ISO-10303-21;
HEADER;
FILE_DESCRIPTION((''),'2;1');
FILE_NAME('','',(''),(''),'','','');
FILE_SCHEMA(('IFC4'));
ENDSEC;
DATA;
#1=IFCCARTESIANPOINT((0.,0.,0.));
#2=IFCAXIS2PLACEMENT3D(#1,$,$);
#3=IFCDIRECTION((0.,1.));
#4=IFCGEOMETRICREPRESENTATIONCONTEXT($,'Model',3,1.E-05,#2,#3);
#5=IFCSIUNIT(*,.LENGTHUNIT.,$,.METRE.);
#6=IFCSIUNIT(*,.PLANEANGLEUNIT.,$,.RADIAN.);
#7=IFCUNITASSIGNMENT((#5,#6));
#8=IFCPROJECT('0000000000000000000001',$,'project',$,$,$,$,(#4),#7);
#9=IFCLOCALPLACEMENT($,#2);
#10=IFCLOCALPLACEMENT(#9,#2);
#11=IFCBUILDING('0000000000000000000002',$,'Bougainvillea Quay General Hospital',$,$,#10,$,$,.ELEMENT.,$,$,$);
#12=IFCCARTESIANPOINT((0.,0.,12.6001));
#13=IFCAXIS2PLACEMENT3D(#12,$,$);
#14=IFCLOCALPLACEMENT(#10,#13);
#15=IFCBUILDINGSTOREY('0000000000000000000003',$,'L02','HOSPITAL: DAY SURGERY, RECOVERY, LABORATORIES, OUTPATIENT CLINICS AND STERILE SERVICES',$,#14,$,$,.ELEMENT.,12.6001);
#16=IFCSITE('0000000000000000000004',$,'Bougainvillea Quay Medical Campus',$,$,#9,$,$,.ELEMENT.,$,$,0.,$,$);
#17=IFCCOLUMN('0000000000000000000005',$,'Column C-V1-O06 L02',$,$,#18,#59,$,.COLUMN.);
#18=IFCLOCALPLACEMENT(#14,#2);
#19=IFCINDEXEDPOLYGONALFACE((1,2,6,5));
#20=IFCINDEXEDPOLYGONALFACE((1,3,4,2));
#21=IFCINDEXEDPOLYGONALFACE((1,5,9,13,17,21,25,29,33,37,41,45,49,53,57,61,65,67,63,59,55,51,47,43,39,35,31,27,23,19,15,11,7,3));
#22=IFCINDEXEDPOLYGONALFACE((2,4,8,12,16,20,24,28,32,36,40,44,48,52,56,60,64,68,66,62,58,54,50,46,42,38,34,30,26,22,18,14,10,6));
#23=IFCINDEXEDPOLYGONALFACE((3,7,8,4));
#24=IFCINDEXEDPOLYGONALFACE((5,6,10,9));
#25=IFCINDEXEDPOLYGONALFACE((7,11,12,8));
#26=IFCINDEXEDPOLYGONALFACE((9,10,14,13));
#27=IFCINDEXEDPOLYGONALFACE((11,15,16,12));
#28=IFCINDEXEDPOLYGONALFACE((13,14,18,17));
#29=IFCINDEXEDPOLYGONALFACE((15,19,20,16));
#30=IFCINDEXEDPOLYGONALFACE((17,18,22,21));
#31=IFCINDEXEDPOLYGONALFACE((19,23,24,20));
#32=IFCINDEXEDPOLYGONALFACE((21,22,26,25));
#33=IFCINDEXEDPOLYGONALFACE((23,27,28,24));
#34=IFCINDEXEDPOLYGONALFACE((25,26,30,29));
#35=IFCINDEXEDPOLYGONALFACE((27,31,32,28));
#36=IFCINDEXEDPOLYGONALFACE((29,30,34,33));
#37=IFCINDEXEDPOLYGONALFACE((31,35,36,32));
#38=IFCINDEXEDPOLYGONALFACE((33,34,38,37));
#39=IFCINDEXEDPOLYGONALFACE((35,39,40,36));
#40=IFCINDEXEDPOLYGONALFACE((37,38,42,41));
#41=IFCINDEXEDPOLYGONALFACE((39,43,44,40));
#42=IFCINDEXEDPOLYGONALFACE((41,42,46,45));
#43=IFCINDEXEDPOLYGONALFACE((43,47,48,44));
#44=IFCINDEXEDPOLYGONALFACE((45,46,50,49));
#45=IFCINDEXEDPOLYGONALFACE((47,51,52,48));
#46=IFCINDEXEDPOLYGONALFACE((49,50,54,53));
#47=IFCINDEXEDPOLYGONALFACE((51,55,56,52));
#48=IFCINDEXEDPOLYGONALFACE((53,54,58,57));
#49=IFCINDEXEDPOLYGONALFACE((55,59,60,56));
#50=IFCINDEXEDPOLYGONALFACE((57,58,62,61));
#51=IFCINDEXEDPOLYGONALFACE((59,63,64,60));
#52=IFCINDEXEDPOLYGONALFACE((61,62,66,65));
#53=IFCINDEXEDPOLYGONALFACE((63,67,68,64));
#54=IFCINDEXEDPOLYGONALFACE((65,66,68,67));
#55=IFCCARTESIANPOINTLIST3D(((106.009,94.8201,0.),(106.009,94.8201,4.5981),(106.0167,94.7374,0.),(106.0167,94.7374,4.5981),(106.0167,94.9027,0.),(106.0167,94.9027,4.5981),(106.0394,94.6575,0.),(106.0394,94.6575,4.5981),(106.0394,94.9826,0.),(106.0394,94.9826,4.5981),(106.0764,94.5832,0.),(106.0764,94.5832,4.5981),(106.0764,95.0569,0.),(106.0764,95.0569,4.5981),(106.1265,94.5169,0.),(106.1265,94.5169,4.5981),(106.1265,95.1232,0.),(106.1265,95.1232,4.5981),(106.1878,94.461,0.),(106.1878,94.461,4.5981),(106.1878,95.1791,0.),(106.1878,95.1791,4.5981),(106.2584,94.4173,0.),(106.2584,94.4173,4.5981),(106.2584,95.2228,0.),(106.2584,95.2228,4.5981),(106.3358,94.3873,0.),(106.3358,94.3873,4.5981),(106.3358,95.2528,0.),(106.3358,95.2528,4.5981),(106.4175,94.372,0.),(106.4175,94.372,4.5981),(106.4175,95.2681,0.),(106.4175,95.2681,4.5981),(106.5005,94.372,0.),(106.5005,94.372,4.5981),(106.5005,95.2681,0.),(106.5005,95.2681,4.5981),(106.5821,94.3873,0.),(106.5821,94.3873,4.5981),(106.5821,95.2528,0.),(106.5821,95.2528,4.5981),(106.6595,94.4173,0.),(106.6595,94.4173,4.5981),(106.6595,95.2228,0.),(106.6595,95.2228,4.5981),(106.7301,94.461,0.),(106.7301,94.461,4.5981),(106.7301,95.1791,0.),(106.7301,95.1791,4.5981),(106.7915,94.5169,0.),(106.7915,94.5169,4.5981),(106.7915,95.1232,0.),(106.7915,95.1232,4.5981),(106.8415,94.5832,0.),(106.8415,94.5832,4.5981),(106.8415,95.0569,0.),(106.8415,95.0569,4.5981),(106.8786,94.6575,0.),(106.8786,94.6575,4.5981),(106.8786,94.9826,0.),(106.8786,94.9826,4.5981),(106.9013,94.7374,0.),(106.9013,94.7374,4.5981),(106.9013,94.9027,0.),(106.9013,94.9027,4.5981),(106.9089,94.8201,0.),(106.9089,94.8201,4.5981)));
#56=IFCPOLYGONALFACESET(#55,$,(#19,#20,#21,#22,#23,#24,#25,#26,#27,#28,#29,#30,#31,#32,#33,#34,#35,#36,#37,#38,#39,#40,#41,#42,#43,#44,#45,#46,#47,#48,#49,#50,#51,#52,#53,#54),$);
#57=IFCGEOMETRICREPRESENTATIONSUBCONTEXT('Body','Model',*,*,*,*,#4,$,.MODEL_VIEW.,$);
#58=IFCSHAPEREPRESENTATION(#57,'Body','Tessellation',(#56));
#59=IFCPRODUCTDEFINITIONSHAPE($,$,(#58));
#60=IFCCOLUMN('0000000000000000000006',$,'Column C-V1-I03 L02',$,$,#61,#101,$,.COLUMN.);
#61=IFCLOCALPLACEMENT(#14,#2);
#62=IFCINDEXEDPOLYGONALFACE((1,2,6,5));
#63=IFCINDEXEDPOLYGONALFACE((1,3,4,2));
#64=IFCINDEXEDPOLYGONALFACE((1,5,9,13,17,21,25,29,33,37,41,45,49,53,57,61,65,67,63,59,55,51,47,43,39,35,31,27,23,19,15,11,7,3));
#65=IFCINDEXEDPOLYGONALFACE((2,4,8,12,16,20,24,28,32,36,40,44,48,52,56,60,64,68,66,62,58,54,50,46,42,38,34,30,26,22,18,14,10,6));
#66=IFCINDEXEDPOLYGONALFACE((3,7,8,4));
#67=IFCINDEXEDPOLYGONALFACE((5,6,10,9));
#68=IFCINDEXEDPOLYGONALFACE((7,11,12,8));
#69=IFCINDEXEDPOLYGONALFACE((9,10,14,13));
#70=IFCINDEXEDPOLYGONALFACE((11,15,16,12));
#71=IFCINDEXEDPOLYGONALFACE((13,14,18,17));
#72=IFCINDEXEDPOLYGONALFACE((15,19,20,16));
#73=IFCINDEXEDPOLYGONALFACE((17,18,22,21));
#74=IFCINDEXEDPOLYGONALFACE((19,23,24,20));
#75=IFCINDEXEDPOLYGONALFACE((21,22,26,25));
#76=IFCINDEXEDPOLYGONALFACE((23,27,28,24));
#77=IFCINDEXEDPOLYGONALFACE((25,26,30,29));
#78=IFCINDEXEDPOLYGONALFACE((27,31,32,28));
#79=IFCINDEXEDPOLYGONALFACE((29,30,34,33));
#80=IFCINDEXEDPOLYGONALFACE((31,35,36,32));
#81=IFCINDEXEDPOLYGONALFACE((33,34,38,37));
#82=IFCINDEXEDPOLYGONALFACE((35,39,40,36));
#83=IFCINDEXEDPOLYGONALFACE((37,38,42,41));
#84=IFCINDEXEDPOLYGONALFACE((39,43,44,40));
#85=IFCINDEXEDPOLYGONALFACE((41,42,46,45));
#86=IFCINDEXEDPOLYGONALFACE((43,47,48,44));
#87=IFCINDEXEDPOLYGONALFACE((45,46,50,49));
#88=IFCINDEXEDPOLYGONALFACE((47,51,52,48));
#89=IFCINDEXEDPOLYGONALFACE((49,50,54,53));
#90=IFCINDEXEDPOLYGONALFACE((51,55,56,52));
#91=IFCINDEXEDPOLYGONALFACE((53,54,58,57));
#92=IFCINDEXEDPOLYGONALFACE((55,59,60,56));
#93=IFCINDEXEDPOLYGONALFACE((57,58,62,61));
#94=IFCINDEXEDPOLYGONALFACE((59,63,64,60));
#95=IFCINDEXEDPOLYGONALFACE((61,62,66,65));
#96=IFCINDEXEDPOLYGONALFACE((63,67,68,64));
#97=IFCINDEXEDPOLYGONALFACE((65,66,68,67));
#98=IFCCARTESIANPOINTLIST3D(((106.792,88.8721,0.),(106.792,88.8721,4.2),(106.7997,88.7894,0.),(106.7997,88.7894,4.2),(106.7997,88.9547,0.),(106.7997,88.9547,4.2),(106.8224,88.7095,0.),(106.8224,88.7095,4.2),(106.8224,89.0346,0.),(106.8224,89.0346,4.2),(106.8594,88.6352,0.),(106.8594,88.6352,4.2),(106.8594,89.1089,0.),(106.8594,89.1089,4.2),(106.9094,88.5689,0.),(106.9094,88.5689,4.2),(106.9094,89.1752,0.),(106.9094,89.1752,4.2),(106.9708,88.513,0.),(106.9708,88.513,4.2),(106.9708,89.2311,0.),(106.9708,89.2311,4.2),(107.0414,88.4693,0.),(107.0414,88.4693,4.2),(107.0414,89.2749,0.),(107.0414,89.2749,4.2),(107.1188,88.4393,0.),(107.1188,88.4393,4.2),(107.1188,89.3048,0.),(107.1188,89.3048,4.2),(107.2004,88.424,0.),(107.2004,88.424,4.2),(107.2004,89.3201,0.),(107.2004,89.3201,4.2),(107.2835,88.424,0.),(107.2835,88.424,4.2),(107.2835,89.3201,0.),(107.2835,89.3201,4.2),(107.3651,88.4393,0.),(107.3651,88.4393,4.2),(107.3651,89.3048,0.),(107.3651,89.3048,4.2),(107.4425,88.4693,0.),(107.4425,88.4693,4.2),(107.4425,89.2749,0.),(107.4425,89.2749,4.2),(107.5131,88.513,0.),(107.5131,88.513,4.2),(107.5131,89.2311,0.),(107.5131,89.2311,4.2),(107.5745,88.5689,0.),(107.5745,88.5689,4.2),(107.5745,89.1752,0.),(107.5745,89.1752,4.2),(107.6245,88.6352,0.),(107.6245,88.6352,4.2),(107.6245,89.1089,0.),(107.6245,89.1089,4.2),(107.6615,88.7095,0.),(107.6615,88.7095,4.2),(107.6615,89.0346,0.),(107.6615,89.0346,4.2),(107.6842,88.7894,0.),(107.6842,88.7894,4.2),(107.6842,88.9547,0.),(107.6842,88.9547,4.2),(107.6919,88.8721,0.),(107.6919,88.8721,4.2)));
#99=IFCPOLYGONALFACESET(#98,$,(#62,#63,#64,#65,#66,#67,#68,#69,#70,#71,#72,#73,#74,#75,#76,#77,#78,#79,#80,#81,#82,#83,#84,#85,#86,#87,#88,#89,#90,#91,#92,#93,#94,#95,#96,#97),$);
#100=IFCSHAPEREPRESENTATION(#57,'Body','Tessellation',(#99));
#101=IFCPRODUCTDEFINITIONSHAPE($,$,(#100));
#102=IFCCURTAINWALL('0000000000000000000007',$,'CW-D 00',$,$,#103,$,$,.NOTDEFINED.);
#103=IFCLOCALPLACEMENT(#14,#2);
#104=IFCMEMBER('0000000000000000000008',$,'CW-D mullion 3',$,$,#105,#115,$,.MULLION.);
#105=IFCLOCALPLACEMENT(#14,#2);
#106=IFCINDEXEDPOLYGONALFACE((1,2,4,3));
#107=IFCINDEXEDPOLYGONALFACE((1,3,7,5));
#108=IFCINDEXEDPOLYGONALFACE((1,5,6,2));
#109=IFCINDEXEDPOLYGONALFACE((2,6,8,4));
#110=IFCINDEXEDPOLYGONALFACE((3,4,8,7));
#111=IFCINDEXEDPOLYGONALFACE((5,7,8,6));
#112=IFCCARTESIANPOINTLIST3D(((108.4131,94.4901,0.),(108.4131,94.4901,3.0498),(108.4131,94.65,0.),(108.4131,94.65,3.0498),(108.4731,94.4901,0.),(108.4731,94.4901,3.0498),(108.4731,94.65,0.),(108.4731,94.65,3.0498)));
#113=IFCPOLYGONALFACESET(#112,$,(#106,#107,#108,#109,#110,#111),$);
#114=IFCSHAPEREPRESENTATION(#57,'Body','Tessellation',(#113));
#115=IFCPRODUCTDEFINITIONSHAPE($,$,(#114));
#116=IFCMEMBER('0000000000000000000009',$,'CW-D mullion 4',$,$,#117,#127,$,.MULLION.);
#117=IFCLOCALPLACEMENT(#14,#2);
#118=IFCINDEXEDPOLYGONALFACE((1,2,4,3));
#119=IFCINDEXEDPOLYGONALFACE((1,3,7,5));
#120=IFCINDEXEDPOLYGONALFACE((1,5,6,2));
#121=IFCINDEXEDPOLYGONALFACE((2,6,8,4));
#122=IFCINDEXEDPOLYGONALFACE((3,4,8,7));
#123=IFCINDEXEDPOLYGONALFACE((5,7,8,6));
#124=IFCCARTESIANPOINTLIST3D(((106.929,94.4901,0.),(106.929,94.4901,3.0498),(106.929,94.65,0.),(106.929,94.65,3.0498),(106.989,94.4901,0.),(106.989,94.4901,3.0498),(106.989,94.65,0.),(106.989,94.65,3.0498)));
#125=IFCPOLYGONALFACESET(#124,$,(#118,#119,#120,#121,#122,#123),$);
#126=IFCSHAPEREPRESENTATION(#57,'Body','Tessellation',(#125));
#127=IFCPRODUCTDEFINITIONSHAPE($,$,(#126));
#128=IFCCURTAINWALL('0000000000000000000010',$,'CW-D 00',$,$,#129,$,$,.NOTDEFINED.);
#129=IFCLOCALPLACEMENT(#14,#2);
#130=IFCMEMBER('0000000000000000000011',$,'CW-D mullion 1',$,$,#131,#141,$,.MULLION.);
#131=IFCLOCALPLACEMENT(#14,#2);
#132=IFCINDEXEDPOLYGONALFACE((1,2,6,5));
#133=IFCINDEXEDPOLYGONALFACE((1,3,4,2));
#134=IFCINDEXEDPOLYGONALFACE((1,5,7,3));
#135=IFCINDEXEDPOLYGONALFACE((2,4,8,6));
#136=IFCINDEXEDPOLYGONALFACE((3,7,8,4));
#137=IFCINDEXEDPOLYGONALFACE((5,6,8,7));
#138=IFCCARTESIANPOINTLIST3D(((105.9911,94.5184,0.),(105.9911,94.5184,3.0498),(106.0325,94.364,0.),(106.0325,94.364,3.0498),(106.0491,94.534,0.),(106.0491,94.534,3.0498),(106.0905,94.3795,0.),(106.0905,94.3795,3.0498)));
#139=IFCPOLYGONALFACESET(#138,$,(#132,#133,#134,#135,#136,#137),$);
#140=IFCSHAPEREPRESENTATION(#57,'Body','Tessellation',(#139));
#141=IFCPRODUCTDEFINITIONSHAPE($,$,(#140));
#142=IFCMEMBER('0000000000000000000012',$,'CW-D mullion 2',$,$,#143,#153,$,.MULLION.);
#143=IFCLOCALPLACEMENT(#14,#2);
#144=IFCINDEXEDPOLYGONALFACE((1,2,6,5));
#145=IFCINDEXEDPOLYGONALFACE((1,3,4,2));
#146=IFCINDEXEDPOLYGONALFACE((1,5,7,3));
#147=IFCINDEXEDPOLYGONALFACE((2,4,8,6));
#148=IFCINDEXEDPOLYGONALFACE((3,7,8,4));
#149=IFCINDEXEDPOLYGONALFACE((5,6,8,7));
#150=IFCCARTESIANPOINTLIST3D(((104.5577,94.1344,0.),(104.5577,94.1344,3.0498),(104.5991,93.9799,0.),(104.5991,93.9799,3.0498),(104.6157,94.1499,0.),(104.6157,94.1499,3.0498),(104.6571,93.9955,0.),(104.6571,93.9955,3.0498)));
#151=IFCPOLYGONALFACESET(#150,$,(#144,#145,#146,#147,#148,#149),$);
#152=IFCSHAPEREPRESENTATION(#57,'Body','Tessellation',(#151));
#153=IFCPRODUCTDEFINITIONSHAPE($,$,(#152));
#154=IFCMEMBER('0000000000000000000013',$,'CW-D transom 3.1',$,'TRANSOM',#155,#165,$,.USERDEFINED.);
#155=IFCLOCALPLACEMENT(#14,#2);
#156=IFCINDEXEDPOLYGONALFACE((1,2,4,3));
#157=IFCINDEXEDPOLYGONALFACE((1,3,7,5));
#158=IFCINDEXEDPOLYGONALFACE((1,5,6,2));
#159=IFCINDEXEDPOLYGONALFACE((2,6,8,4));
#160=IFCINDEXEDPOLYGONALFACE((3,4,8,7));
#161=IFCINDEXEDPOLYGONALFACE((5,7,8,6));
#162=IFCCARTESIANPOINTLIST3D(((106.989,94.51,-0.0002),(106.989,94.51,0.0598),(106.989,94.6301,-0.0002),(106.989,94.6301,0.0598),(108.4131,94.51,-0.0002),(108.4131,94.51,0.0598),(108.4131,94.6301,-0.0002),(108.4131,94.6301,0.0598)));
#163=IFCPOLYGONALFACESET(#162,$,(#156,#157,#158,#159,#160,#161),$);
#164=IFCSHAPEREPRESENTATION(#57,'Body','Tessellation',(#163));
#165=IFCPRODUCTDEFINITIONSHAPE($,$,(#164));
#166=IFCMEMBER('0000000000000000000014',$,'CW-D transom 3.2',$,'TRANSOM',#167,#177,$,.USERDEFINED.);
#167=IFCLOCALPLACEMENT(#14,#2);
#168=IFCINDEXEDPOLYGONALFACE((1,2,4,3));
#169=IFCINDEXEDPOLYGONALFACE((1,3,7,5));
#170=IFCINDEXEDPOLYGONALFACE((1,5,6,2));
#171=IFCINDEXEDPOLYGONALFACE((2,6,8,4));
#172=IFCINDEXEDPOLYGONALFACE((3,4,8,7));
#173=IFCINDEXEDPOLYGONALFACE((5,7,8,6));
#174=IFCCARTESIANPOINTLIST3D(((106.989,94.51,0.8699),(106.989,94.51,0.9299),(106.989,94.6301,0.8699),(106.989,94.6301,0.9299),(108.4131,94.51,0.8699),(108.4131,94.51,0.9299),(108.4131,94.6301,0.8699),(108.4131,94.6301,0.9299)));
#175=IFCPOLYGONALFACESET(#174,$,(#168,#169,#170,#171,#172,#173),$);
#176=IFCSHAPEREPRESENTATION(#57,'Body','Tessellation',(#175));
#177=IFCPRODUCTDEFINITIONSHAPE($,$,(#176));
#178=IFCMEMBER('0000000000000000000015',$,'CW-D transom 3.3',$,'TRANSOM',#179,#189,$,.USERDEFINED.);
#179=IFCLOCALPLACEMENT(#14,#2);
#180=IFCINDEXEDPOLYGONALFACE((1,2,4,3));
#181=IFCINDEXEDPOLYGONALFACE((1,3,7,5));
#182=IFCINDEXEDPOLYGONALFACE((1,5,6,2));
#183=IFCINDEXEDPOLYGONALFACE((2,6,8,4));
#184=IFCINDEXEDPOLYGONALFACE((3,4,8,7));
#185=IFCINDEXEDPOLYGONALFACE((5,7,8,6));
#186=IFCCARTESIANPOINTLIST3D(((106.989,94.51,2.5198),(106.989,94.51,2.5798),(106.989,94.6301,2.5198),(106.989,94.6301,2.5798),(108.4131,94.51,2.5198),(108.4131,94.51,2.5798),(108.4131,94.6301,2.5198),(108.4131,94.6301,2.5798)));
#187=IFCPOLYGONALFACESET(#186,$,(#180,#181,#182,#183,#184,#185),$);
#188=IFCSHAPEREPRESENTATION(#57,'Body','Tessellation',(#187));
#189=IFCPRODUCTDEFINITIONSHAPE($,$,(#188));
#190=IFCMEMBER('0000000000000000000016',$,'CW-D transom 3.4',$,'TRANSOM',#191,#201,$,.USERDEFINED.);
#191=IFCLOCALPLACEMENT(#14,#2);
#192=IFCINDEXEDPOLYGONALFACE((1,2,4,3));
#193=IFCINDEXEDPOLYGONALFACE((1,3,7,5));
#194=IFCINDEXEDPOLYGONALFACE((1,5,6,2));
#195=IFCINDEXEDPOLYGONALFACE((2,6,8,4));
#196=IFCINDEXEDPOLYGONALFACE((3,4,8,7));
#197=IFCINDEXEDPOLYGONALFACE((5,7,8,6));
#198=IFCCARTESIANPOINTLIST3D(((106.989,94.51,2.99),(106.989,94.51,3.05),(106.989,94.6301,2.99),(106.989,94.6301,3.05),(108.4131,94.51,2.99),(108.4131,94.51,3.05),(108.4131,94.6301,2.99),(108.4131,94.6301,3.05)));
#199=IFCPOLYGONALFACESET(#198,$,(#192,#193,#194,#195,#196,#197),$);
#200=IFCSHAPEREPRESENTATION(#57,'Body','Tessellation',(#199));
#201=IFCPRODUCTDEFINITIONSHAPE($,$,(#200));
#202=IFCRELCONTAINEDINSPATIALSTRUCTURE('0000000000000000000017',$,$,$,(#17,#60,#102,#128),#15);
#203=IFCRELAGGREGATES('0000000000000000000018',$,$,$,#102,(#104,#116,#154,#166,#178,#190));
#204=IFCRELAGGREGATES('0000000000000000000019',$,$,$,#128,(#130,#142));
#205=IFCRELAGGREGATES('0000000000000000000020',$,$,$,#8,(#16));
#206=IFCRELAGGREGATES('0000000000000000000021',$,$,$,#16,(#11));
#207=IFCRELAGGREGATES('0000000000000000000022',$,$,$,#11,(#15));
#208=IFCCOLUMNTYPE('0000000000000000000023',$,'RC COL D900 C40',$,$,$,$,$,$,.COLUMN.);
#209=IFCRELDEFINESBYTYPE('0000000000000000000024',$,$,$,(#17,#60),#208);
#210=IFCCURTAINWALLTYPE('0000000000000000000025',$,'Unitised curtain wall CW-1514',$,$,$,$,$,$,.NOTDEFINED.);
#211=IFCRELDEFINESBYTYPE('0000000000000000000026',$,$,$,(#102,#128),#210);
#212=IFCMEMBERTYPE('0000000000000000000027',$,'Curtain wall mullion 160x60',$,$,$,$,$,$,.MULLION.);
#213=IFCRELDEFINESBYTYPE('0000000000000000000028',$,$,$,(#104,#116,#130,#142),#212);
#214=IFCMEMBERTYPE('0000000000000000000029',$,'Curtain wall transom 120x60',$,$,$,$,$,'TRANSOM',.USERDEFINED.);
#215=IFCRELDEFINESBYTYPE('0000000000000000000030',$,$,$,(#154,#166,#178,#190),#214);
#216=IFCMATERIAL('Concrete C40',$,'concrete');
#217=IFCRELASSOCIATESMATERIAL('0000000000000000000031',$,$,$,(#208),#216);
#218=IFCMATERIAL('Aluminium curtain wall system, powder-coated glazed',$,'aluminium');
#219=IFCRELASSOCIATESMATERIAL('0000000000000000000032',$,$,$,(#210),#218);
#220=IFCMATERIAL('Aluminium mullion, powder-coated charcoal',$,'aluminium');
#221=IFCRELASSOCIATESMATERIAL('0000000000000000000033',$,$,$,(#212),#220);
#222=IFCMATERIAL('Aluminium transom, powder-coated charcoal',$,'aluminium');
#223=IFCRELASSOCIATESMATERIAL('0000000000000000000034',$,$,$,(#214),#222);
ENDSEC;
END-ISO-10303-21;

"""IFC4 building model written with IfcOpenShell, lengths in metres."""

from ifc_helpers import new_model, si_unit, direction, frame, origin, origin_2d, place, context, subcontext, project, spatial, rectangle, circle, extrude, material, material_profile, profile_set, type_object, element, aggregate, save


model = new_model("IFC4")

# Units and contexts
model_context = context("Model", 3, precision=1e-05, world=origin(), true_north=direction((0.0, 1.0)))
body_context = subcontext(model_context, "Body", "Model", "MODEL_VIEW")
ifc_project = project(units=[si_unit("LENGTHUNIT", "METRE"), si_unit("PLANEANGLEUNIT", "RADIAN")], contexts=[model_context])

# Site, building, storey
site_placement = place(None, origin())
site = spatial("IfcSite", under=ifc_project, at=site_placement, Name="Bougainvillea Quay Medical Campus", CompositionType="ELEMENT", RefElevation=0.0)
building_placement = place(site_placement, origin())
building = spatial("IfcBuilding", under=site, at=building_placement, Name="Bougainvillea Quay General Hospital", CompositionType="ELEMENT")
storey_placement = place(building_placement, frame((0.0, 0.0, 12.6001)))
storey = spatial("IfcBuildingStorey", under=building, at=storey_placement, Name="L02", Description="HOSPITAL: DAY SURGERY, RECOVERY, LABORATORIES, OUTPATIENT CLINICS AND STERILE SERVICES", CompositionType="ELEMENT", Elevation=12.6001)

# Columns
ifc_material_1 = material(Name="Concrete C40", Category="concrete")
ifc_material_profile_1 = material_profile(ifc_material_1, circle(Radius=0.45, at=origin_2d()))
ifc_profile_set_1 = profile_set([ifc_material_profile_1], Name="Concrete C40")
column_type = type_object("IfcColumnType", Name="RC COL D900 C40", PredefinedType="COLUMN", material=ifc_profile_set_1)
column_1_placement = place(storey_placement, frame((106.459, 94.8201, 0.0), z_axis=(0.0, 0.0, 1.0), x_axis=(1.0, 0.0, 0.0)))
element("IfcColumn", 1, at=column_1_placement, inside=storey, type_object=column_type, Name="Column C-V1-O06 L02", PredefinedType="COLUMN", context=body_context, shape_type="SweptSolid", body=[
    extrude(circle(Radius=0.45, at=origin_2d()), origin(), (0.0, 0.0, 1.0), 4.5981),
])
column_2_placement = place(storey_placement, frame((107.2419, 88.8721, 0.0), z_axis=(0.0, 0.0, 1.0), x_axis=(1.0, 0.0, 0.0)))
element("IfcColumn", 2, at=column_2_placement, inside=storey, type_object=column_type, Name="Column C-V1-I03 L02", PredefinedType="COLUMN", context=body_context, shape_type="SweptSolid", body=[
    extrude(circle(Radius=0.45, at=origin_2d()), origin(), (0.0, 0.0, 1.0), 4.2),
])

# Curtain walls, members
ifc_material_2 = material(Name="Aluminium curtain wall system, powder-coated glazed", Category="aluminium")
curtain_wall_type = type_object("IfcCurtainWallType", Name="Unitised curtain wall CW-1514", PredefinedType="NOTDEFINED", material=ifc_material_2)
curtain_wall_1_placement = place(storey_placement, origin())
curtain_wall_1 = element("IfcCurtainWall", 3, at=curtain_wall_1_placement, inside=storey, type_object=curtain_wall_type, Name="CW-D 00", PredefinedType="NOTDEFINED")
ifc_material_3 = material(Name="Aluminium mullion, powder-coated charcoal", Category="aluminium")
ifc_material_profile_2 = material_profile(ifc_material_3, rectangle(XDim=0.1599, YDim=0.0601, at=origin_2d()))
ifc_profile_set_2 = profile_set([ifc_material_profile_2], Name="Aluminium mullion, powder-coated charcoal")
member_type_1 = type_object("IfcMemberType", Name="Curtain wall mullion 160x60", PredefinedType="MULLION", material=ifc_profile_set_2)
member_1_placement = place(storey_placement, frame((108.4431, 94.5701, 0.0), z_axis=(0.0, 0.0, 1.0), x_axis=(0.0, -1.0, 0.0)))
member_1 = element("IfcMember", 4, at=member_1_placement, type_object=member_type_1, Name="CW-D mullion 3", PredefinedType="MULLION", context=body_context, shape_type="SweptSolid", body=[
    extrude(rectangle(XDim=0.1599, YDim=0.0601, at=origin_2d()), origin(), (0.0, 0.0, 1.0), 3.0498),
])
member_2_placement = place(storey_placement, frame((106.959, 94.5701, 0.0), z_axis=(0.0, 0.0, 1.0), x_axis=(0.0, -1.0, 0.0)))
member_2 = element("IfcMember", 5, at=member_2_placement, type_object=member_type_1, Name="CW-D mullion 4", PredefinedType="MULLION", context=body_context, shape_type="SweptSolid", body=[
    extrude(rectangle(XDim=0.1599, YDim=0.0601, at=origin_2d()), origin(), (0.0, 0.0, 1.0), 3.0498),
])
curtain_wall_2_placement = place(storey_placement, origin())
curtain_wall_2 = element("IfcCurtainWall", 6, at=curtain_wall_2_placement, inside=storey, type_object=curtain_wall_type, Name="CW-D 00", PredefinedType="NOTDEFINED")
member_3_placement = place(storey_placement, frame((106.0408, 94.449, 0.0), z_axis=(0.0, 0.0, 1.0), x_axis=(0.258855, -0.965916, 0.0)))
member_3 = element("IfcMember", 7, at=member_3_placement, type_object=member_type_1, Name="CW-D mullion 1", PredefinedType="MULLION", context=body_context, shape_type="SweptSolid", body=[
    extrude(rectangle(XDim=0.1599, YDim=0.0601, at=origin_2d()), origin(), (0.0, 0.0, 1.0), 3.0498),
])
member_4_placement = place(storey_placement, frame((104.6074, 94.0649, 0.0), z_axis=(0.0, 0.0, 1.0), x_axis=(0.258855, -0.965916, 0.0)))
member_4 = element("IfcMember", 8, at=member_4_placement, type_object=member_type_1, Name="CW-D mullion 2", PredefinedType="MULLION", context=body_context, shape_type="SweptSolid", body=[
    extrude(rectangle(XDim=0.1599, YDim=0.0601, at=origin_2d()), origin(), (0.0, 0.0, 1.0), 3.0498),
])

# Members
ifc_material_4 = material(Name="Aluminium transom, powder-coated charcoal", Category="aluminium")
ifc_material_profile_3 = material_profile(ifc_material_4, rectangle(XDim=0.1201, YDim=0.0601, at=origin_2d()))
ifc_profile_set_3 = profile_set([ifc_material_profile_3], Name="Aluminium transom, powder-coated charcoal")
member_type_2 = type_object("IfcMemberType", Name="Curtain wall transom 120x60", ElementType="TRANSOM", PredefinedType="USERDEFINED", material=ifc_profile_set_3)
member_5_placement = place(storey_placement, frame((108.4131, 94.5701, 0.0298), z_axis=(-1.0, 0.0, 0.0), x_axis=(0.0, -1.0, 0.0)))
member_5 = element("IfcMember", 9, at=member_5_placement, type_object=member_type_2, Name="CW-D transom 3.1", ObjectType="TRANSOM", PredefinedType="USERDEFINED", context=body_context, shape_type="SweptSolid", body=[
    extrude(rectangle(XDim=0.1201, YDim=0.0601, at=origin_2d()), origin(), (0.0, 0.0, 1.0), 1.4241),
])
member_6_placement = place(storey_placement, frame((108.4131, 94.5701, 0.8999), z_axis=(-1.0, 0.0, 0.0), x_axis=(0.0, -1.0, 0.0)))
member_6 = element("IfcMember", 10, at=member_6_placement, type_object=member_type_2, Name="CW-D transom 3.2", ObjectType="TRANSOM", PredefinedType="USERDEFINED", context=body_context, shape_type="SweptSolid", body=[
    extrude(rectangle(XDim=0.1201, YDim=0.0601, at=origin_2d()), origin(), (0.0, 0.0, 1.0), 1.4241),
])
member_7_placement = place(storey_placement, frame((108.4131, 94.5701, 2.5498), z_axis=(-1.0, 0.0, 0.0), x_axis=(0.0, -1.0, 0.0)))
member_7 = element("IfcMember", 11, at=member_7_placement, type_object=member_type_2, Name="CW-D transom 3.3", ObjectType="TRANSOM", PredefinedType="USERDEFINED", context=body_context, shape_type="SweptSolid", body=[
    extrude(rectangle(XDim=0.1201, YDim=0.0601, at=origin_2d()), origin(), (0.0, 0.0, 1.0), 1.4241),
])
member_8_placement = place(storey_placement, frame((108.4131, 94.5701, 3.02), z_axis=(-1.0, 0.0, 0.0), x_axis=(0.0, -1.0, 0.0)))
member_8 = element("IfcMember", 12, at=member_8_placement, type_object=member_type_2, Name="CW-D transom 3.4", ObjectType="TRANSOM", PredefinedType="USERDEFINED", context=body_context, shape_type="SweptSolid", body=[
    extrude(rectangle(XDim=0.1201, YDim=0.0601, at=origin_2d()), origin(), (0.0, 0.0, 1.0), 1.4241),
])

aggregate(curtain_wall_1, [member_1, member_2, member_5, member_6, member_7, member_8])
aggregate(curtain_wall_2, [member_3, member_4])

save(model, "model.ifc")
